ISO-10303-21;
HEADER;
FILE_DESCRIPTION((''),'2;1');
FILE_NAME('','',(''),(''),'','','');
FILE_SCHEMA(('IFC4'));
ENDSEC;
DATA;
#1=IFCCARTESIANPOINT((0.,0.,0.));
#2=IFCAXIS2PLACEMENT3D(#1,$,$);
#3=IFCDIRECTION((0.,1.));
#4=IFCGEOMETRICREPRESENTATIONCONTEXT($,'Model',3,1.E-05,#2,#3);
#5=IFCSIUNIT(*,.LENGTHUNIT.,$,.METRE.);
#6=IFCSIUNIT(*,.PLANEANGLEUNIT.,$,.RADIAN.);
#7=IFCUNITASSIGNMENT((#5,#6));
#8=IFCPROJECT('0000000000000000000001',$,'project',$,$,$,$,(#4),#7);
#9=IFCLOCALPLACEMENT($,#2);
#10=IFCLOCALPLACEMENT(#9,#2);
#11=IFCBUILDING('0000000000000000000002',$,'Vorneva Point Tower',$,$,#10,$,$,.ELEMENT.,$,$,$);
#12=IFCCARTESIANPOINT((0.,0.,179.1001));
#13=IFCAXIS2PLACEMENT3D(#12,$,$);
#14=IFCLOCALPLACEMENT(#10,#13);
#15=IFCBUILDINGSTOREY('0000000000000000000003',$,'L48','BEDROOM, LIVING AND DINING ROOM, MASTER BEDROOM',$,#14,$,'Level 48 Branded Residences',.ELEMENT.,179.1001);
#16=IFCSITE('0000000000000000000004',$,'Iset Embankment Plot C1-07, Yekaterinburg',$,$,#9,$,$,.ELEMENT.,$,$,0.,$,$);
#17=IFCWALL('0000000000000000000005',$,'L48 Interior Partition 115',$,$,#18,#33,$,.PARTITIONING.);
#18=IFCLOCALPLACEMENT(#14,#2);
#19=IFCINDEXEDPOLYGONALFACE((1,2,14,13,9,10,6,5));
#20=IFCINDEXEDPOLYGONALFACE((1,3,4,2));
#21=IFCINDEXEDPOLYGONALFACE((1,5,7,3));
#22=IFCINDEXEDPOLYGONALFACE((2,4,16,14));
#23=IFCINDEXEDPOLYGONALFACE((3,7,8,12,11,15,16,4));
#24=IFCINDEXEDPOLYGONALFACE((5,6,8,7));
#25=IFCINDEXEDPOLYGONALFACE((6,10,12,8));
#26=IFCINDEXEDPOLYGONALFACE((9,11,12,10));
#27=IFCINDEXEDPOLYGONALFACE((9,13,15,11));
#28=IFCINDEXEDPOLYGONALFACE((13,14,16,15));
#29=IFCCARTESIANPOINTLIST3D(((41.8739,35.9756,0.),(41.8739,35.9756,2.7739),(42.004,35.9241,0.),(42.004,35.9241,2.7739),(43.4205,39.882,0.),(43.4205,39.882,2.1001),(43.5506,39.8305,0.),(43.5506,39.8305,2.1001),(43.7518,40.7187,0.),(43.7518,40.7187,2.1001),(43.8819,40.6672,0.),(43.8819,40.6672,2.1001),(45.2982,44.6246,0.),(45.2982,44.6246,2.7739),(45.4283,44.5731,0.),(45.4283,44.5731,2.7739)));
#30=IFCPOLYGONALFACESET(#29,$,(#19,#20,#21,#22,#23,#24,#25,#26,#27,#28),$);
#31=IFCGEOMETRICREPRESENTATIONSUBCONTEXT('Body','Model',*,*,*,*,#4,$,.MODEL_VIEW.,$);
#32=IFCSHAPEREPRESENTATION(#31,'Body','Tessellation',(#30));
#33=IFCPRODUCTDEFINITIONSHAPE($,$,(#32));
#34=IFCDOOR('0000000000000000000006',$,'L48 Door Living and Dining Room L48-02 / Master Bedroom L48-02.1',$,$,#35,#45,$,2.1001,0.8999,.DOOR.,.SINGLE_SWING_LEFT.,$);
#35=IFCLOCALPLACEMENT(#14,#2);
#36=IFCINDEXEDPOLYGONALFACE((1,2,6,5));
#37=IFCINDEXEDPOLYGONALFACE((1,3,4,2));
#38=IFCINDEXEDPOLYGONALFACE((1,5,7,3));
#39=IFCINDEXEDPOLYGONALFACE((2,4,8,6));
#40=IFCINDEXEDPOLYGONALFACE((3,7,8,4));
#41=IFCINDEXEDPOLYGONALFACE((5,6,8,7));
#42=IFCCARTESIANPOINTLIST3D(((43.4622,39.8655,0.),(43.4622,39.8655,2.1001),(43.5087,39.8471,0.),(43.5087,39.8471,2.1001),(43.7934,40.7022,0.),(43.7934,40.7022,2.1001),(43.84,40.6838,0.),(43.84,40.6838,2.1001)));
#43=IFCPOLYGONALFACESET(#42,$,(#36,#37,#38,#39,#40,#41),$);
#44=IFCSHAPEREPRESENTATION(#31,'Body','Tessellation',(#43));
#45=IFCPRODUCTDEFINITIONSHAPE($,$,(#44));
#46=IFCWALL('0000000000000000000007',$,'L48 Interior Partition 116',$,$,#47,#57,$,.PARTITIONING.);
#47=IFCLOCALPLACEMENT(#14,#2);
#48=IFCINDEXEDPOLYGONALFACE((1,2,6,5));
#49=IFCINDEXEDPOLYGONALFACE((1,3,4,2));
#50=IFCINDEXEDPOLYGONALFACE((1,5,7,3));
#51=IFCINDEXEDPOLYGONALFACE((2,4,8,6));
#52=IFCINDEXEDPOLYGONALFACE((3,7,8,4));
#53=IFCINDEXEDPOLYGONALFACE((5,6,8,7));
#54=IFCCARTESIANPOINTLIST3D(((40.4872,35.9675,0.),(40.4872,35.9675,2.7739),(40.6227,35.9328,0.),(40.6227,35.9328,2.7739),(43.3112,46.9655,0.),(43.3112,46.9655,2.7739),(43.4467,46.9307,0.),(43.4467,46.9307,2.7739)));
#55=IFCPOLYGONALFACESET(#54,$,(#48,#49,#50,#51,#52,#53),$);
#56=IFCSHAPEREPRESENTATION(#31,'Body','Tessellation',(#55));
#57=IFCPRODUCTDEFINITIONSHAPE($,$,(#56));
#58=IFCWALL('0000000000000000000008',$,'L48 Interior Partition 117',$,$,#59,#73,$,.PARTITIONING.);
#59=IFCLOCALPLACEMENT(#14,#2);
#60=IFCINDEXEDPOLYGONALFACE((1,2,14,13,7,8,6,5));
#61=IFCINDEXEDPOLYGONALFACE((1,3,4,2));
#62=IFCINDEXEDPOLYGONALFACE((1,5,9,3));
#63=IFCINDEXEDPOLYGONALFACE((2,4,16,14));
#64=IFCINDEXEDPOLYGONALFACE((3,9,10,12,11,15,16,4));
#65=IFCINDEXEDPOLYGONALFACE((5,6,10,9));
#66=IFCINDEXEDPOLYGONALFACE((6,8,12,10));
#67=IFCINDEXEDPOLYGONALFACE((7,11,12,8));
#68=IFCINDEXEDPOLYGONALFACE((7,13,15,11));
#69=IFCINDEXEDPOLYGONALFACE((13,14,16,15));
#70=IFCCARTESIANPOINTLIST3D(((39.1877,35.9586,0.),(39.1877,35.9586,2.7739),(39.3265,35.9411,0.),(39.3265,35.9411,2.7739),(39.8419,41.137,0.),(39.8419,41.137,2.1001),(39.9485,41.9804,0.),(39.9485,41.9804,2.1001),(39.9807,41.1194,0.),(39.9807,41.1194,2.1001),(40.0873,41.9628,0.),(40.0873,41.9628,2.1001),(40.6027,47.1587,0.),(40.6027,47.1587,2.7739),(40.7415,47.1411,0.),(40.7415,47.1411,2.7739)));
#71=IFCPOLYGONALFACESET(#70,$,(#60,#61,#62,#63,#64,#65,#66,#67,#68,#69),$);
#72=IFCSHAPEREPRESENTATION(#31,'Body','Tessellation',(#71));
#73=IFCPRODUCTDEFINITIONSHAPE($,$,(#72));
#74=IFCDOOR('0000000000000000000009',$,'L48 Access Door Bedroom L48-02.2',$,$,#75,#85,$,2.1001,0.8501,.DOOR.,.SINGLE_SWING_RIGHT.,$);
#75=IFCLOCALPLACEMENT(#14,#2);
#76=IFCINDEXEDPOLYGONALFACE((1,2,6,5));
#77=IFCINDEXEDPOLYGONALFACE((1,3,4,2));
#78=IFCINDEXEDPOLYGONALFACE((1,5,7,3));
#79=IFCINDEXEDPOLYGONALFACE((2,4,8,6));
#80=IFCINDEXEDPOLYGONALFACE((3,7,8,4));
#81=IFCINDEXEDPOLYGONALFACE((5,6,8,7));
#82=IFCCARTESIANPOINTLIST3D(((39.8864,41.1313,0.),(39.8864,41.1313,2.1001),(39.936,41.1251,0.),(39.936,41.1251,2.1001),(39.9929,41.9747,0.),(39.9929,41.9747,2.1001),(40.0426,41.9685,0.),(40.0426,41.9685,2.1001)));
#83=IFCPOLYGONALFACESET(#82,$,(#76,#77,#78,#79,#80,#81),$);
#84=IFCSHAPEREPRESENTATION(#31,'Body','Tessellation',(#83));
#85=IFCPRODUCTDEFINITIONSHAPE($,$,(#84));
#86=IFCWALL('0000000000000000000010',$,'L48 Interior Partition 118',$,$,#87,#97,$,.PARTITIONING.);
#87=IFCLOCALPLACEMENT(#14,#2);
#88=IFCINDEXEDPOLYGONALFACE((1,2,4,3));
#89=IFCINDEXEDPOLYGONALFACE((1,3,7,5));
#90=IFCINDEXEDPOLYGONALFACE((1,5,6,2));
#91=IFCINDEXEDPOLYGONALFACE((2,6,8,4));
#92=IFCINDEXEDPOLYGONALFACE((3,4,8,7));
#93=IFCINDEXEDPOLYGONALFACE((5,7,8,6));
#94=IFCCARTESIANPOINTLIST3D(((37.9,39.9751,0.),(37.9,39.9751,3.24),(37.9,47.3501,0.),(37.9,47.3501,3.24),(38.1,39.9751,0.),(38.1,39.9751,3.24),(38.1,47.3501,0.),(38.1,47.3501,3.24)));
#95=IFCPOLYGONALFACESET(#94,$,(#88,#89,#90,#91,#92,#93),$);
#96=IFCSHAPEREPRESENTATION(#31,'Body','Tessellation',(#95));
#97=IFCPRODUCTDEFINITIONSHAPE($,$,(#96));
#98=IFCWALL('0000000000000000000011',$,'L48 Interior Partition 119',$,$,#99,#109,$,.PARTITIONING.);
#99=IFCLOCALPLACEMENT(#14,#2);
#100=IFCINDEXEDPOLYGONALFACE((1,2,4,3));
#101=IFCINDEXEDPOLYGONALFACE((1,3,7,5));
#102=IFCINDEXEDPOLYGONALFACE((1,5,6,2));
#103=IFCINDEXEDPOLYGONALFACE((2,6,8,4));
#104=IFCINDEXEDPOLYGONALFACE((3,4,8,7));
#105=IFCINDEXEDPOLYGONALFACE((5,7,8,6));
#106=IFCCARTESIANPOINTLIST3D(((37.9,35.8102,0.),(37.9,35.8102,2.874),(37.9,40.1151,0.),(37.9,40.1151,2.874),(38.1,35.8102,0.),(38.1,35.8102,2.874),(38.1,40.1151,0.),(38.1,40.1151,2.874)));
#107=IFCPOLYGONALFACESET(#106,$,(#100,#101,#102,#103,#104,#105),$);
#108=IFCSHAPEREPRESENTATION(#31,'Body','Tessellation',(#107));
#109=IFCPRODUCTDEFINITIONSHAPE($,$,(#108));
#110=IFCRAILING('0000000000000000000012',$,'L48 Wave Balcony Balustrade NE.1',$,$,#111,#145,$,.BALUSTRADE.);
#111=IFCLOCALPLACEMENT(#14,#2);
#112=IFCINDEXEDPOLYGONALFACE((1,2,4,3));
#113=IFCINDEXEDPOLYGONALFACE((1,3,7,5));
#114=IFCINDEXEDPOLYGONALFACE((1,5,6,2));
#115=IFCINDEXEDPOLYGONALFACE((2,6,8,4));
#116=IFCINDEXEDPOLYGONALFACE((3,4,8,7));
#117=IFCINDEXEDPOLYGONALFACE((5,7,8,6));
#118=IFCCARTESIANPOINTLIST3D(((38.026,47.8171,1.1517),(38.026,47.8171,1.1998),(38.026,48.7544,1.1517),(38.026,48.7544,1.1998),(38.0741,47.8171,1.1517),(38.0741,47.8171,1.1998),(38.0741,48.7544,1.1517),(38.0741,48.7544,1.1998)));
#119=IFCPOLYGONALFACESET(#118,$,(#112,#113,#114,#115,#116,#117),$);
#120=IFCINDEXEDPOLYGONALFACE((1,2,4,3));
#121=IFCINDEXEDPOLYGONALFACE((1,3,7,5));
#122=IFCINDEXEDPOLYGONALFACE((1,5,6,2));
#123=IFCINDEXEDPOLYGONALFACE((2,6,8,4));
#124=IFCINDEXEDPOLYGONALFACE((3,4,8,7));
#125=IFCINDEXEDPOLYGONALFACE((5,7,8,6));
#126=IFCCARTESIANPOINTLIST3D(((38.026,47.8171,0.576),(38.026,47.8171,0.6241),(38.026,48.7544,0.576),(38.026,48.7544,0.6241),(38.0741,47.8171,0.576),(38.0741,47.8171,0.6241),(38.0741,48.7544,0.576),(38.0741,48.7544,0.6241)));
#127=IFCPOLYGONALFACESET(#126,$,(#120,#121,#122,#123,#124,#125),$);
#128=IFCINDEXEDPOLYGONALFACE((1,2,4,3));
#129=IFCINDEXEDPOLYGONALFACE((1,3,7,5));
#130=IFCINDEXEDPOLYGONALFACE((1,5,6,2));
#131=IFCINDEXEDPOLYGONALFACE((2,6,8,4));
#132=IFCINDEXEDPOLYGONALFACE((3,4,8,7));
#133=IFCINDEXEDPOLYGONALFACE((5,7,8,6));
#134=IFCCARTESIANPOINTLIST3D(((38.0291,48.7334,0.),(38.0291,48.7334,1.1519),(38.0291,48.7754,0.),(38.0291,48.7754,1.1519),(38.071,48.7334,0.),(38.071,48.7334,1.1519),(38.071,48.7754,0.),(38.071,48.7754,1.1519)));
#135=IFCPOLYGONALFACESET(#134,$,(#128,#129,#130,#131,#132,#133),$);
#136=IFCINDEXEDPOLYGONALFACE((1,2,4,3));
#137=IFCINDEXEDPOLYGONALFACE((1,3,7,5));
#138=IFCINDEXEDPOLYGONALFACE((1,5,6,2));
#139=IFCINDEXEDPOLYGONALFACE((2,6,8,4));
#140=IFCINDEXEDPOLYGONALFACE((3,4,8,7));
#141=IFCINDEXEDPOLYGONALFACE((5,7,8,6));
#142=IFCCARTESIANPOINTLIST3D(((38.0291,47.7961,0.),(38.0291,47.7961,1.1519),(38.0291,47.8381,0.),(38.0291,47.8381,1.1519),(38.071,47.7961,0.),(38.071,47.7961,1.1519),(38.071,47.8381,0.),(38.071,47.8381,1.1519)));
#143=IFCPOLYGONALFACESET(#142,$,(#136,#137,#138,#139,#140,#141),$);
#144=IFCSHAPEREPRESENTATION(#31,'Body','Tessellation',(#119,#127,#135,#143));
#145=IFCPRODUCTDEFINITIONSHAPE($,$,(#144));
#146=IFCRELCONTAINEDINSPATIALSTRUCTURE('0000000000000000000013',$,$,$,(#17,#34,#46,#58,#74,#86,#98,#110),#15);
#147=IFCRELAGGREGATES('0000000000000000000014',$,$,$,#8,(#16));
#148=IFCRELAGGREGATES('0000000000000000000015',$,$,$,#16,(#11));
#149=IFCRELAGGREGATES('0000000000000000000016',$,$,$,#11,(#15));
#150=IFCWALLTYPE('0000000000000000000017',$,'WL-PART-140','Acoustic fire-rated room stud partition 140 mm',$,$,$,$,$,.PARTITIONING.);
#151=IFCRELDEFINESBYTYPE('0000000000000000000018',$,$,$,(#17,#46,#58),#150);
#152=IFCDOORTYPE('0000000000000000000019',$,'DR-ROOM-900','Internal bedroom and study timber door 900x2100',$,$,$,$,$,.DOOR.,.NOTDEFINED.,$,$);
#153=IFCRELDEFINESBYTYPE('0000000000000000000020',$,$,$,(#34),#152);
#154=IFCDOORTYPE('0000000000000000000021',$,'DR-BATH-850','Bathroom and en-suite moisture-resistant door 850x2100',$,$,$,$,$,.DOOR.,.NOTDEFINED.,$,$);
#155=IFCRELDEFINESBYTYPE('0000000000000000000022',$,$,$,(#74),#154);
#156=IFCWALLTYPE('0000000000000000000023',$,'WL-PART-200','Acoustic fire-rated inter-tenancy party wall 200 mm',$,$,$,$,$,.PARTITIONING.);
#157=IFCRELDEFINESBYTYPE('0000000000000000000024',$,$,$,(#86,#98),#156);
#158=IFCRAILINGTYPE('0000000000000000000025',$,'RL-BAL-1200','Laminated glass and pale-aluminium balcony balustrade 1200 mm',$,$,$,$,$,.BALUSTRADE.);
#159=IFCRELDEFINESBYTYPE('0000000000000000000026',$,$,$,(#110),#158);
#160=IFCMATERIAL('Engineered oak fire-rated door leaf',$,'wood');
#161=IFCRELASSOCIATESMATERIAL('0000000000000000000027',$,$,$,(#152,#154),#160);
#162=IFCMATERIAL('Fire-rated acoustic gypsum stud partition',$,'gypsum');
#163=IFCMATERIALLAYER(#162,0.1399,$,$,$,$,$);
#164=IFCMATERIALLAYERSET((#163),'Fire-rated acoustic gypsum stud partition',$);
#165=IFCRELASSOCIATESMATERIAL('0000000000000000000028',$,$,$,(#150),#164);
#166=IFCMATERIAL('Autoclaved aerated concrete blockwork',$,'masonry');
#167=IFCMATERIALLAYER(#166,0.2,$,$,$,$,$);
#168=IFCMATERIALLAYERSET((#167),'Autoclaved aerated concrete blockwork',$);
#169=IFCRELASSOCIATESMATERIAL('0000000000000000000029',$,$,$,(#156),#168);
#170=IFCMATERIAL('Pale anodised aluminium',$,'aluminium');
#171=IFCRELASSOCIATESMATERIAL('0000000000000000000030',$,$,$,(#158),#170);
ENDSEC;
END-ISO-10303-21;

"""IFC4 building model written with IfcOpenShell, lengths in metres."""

from ifc_helpers import new_model, si_unit, direction, frame, frame_2d, origin, origin_2d, place, context, subcontext, project, spatial, rectangle, extrude, material, layer, layer_set, type_object, element, fill, save


model = new_model("IFC4")

# Units and contexts
model_context = context("Model", 3, precision=1e-05, world=origin(), true_north=direction((0.0, 1.0)))
body_context = subcontext(model_context, "Body", "Model", "MODEL_VIEW")
ifc_project = project(units=[si_unit("LENGTHUNIT", "METRE"), si_unit("PLANEANGLEUNIT", "RADIAN")], contexts=[model_context])

# Site, building, storey
site_placement = place(None, origin())
site = spatial("IfcSite", under=ifc_project, at=site_placement, Name="Iset Embankment Plot C1-07, Yekaterinburg", CompositionType="ELEMENT", RefElevation=0.0)
building_placement = place(site_placement, origin())
building = spatial("IfcBuilding", under=site, at=building_placement, Name="Vorneva Point Tower", CompositionType="ELEMENT")
storey_placement = place(building_placement, frame((0.0, 0.0, 179.1001)))
storey = spatial("IfcBuildingStorey", under=building, at=storey_placement, Name="L48", Description="BEDROOM, LIVING AND DINING ROOM, MASTER BEDROOM", LongName="Level 48 Branded Residences", CompositionType="ELEMENT", Elevation=179.1001)

# Shared definitions
ifc_material_1 = material(Name="Pale anodised aluminium", Category="aluminium")

# Shared definitions
ifc_material_2 = material(Name="Fire-rated acoustic gypsum stud partition", Category="gypsum")

# Shared definitions
ifc_material_3 = material(Name="Engineered oak fire-rated door leaf", Category="wood")
door_type_1 = type_object("IfcDoorType", Name="DR-ROOM-900", Description="Internal bedroom and study timber door 900x2100", OperationType="NOTDEFINED", PredefinedType="DOOR", material=ifc_material_3)

# Wall, opening, door
ifc_layer_1 = layer(ifc_material_2, 0.1399)
ifc_layer_set_1 = layer_set([ifc_layer_1], Name="Fire-rated acoustic gypsum stud partition")
wall_type_1 = type_object("IfcWallType", Name="WL-PART-140", Description="Acoustic fire-rated room stud partition 140 mm", PredefinedType="PARTITIONING", material=ifc_layer_set_1)
wall_1_placement = place(storey_placement, frame((45.3633, 44.5989, 0.0), z_axis=(0.0, 0.0, 1.0), x_axis=(-0.368121, -0.929778, 0.0)))
wall_1 = element("IfcWall", 1, at=wall_1_placement, inside=storey, type_object=wall_type_1, Name="L48 Interior Partition 115", PredefinedType="PARTITIONING", context=body_context, shape_type="SweptSolid", body=[
    extrude(rectangle(XDim=9.3022, YDim=0.1399, at=frame_2d((4.6511, 0.0))), origin(), (0.0, 0.0, 1.0), 2.7739),
])
opening_1_placement = place(wall_1_placement, frame((4.2009, 0.0, 0.0)))
opening_1 = element("IfcOpeningElement", 2, at=opening_1_placement, cuts=wall_1, PredefinedType="OPENING", context=body_context, shape_type="SweptSolid", body=[
    extrude(rectangle(XDim=0.8999, YDim=2.1001, at=frame_2d((0.45, 1.05))), frame((0.0, 0.085, 0.0), z_axis=(0.0, -1.0, 0.0), x_axis=(1.0, 0.0, 0.0)), (0.0, 0.0, 1.0), 0.1697),
])
door_1_placement = place(opening_1_placement, origin())
door_1 = element("IfcDoor", 3, at=door_1_placement, inside=storey, type_object=door_type_1, Name="L48 Door Living and Dining Room L48-02 / Master Bedroom L48-02.1", OperationType="SINGLE_SWING_LEFT", OverallHeight=2.1001, OverallWidth=0.8999, PredefinedType="DOOR", context=body_context, shape_type="SweptSolid", body=[
    extrude(rectangle(XDim=0.8999, YDim=2.1001, at=frame_2d((0.45, 1.05))), frame((0.0, 0.0249, 0.0), z_axis=(0.0, -1.0, 0.0), x_axis=(1.0, 0.0, 0.0)), (0.0, 0.0, 1.0), 0.05),
])
fill(opening_1, door_1)

# Wall
wall_2_placement = place(storey_placement, frame((43.3789, 46.948, 0.0), z_axis=(0.0, 0.0, 1.0), x_axis=(-0.248703, -0.96858, 0.0)))
element("IfcWall", 4, at=wall_2_placement, inside=storey, type_object=wall_type_1, Name="L48 Interior Partition 116", PredefinedType="PARTITIONING", context=body_context, shape_type="SweptSolid", body=[
    extrude(rectangle(XDim=11.3547, YDim=0.1399, at=frame_2d((5.6772, 0.0))), origin(), (0.0, 0.0, 1.0), 2.7739),
])

# Wall, opening, door
wall_3_placement = place(storey_placement, frame((40.6721, 47.1499, 0.0), z_axis=(0.0, 0.0, 1.0), x_axis=(-0.125347, -0.992113, 0.0)))
wall_3 = element("IfcWall", 5, at=wall_3_placement, inside=storey, type_object=wall_type_1, Name="L48 Interior Partition 117", PredefinedType="PARTITIONING", context=body_context, shape_type="SweptSolid", body=[
    extrude(rectangle(XDim=11.2891, YDim=0.1399, at=frame_2d((5.6445, 0.0))), origin(), (0.0, 0.0, 1.0), 2.7739),
])
opening_2_placement = place(wall_3_placement, frame((5.2195, 0.0, 0.0)))
opening_2 = element("IfcOpeningElement", 6, at=opening_2_placement, cuts=wall_3, PredefinedType="OPENING", context=body_context, shape_type="SweptSolid", body=[
    extrude(rectangle(XDim=0.8501, YDim=2.1001, at=frame_2d((0.425, 1.05))), frame((0.0, 0.085, 0.0), z_axis=(0.0, -1.0, 0.0), x_axis=(1.0, 0.0, 0.0)), (0.0, 0.0, 1.0), 0.1697),
])
door_type_2 = type_object("IfcDoorType", Name="DR-BATH-850", Description="Bathroom and en-suite moisture-resistant door 850x2100", OperationType="NOTDEFINED", PredefinedType="DOOR", material=ifc_material_3)
door_2_placement = place(opening_2_placement, origin())
door_2 = element("IfcDoor", 7, at=door_2_placement, inside=storey, type_object=door_type_2, Name="L48 Access Door Bedroom L48-02.2", OperationType="SINGLE_SWING_RIGHT", OverallHeight=2.1001, OverallWidth=0.8501, PredefinedType="DOOR", context=body_context, shape_type="SweptSolid", body=[
    extrude(rectangle(XDim=0.8501, YDim=2.1001, at=frame_2d((0.425, 1.05))), frame((0.0, 0.0249, 0.0), z_axis=(0.0, -1.0, 0.0), x_axis=(1.0, 0.0, 0.0)), (0.0, 0.0, 1.0), 0.05),
])
fill(opening_2, door_2)

# Walls
ifc_material_4 = material(Name="Autoclaved aerated concrete blockwork", Category="masonry")
ifc_layer_2 = layer(ifc_material_4, 0.2)
ifc_layer_set_2 = layer_set([ifc_layer_2], Name="Autoclaved aerated concrete blockwork")
wall_type_2 = type_object("IfcWallType", Name="WL-PART-200", Description="Acoustic fire-rated inter-tenancy party wall 200 mm", PredefinedType="PARTITIONING", material=ifc_layer_set_2)
wall_4_placement = place(storey_placement, frame((38.0, 47.3501, 0.0), z_axis=(0.0, 0.0, 1.0), x_axis=(0.0, -1.0, 0.0)))
element("IfcWall", 8, at=wall_4_placement, inside=storey, type_object=wall_type_2, Name="L48 Interior Partition 118", PredefinedType="PARTITIONING", context=body_context, shape_type="SweptSolid", body=[
    extrude(rectangle(XDim=7.375, YDim=0.2, at=frame_2d((3.6875, 0.0))), origin(), (0.0, 0.0, 1.0), 3.24),
])
wall_5_placement = place(storey_placement, frame((38.0, 40.115, 0.0), z_axis=(0.0, 0.0, 1.0), x_axis=(0.0, -1.0, 0.0)))
element("IfcWall", 9, at=wall_5_placement, inside=storey, type_object=wall_type_2, Name="L48 Interior Partition 119", PredefinedType="PARTITIONING", context=body_context, shape_type="SweptSolid", body=[
    extrude(rectangle(XDim=4.3049, YDim=0.2, at=frame_2d((2.1523, 0.0))), origin(), (0.0, 0.0, 1.0), 2.874),
])

# Railing
railing_type = type_object("IfcRailingType", Name="RL-BAL-1200", Description="Laminated glass and pale-aluminium balcony balustrade 1200 mm", PredefinedType="BALUSTRADE", material=ifc_material_1)
railing_placement = place(storey_placement, frame((38.05, 48.7544, 0.0)))
element("IfcRailing", 10, at=railing_placement, inside=storey, type_object=railing_type, Name="L48 Wave Balcony Balustrade NE.1", PredefinedType="BALUSTRADE", context=body_context, shape_type="SweptSolid", body=[
    extrude(rectangle(XDim=0.0481, YDim=0.0481, at=origin_2d()), frame((0.0, 0.0, 1.1758), z_axis=(0.0, -1.0, 0.0), x_axis=(1.0, 0.0, 0.0)), (0.0, 0.0, 1.0), 0.9373),
    extrude(rectangle(XDim=0.0481, YDim=0.0481, at=origin_2d()), frame((0.0, 0.0, 0.6001), z_axis=(0.0, -1.0, 0.0), x_axis=(1.0, 0.0, 0.0)), (0.0, 0.0, 1.0), 0.9373),
    extrude(rectangle(XDim=0.042, YDim=0.042, at=origin_2d()), origin(), (0.0, 0.0, 1.0), 1.1519),
    extrude(rectangle(XDim=0.042, YDim=0.042, at=origin_2d()), frame((0.0, -0.9373, 0.0)), (0.0, 0.0, 1.0), 1.1519),
])

save(model, "model.ifc")
